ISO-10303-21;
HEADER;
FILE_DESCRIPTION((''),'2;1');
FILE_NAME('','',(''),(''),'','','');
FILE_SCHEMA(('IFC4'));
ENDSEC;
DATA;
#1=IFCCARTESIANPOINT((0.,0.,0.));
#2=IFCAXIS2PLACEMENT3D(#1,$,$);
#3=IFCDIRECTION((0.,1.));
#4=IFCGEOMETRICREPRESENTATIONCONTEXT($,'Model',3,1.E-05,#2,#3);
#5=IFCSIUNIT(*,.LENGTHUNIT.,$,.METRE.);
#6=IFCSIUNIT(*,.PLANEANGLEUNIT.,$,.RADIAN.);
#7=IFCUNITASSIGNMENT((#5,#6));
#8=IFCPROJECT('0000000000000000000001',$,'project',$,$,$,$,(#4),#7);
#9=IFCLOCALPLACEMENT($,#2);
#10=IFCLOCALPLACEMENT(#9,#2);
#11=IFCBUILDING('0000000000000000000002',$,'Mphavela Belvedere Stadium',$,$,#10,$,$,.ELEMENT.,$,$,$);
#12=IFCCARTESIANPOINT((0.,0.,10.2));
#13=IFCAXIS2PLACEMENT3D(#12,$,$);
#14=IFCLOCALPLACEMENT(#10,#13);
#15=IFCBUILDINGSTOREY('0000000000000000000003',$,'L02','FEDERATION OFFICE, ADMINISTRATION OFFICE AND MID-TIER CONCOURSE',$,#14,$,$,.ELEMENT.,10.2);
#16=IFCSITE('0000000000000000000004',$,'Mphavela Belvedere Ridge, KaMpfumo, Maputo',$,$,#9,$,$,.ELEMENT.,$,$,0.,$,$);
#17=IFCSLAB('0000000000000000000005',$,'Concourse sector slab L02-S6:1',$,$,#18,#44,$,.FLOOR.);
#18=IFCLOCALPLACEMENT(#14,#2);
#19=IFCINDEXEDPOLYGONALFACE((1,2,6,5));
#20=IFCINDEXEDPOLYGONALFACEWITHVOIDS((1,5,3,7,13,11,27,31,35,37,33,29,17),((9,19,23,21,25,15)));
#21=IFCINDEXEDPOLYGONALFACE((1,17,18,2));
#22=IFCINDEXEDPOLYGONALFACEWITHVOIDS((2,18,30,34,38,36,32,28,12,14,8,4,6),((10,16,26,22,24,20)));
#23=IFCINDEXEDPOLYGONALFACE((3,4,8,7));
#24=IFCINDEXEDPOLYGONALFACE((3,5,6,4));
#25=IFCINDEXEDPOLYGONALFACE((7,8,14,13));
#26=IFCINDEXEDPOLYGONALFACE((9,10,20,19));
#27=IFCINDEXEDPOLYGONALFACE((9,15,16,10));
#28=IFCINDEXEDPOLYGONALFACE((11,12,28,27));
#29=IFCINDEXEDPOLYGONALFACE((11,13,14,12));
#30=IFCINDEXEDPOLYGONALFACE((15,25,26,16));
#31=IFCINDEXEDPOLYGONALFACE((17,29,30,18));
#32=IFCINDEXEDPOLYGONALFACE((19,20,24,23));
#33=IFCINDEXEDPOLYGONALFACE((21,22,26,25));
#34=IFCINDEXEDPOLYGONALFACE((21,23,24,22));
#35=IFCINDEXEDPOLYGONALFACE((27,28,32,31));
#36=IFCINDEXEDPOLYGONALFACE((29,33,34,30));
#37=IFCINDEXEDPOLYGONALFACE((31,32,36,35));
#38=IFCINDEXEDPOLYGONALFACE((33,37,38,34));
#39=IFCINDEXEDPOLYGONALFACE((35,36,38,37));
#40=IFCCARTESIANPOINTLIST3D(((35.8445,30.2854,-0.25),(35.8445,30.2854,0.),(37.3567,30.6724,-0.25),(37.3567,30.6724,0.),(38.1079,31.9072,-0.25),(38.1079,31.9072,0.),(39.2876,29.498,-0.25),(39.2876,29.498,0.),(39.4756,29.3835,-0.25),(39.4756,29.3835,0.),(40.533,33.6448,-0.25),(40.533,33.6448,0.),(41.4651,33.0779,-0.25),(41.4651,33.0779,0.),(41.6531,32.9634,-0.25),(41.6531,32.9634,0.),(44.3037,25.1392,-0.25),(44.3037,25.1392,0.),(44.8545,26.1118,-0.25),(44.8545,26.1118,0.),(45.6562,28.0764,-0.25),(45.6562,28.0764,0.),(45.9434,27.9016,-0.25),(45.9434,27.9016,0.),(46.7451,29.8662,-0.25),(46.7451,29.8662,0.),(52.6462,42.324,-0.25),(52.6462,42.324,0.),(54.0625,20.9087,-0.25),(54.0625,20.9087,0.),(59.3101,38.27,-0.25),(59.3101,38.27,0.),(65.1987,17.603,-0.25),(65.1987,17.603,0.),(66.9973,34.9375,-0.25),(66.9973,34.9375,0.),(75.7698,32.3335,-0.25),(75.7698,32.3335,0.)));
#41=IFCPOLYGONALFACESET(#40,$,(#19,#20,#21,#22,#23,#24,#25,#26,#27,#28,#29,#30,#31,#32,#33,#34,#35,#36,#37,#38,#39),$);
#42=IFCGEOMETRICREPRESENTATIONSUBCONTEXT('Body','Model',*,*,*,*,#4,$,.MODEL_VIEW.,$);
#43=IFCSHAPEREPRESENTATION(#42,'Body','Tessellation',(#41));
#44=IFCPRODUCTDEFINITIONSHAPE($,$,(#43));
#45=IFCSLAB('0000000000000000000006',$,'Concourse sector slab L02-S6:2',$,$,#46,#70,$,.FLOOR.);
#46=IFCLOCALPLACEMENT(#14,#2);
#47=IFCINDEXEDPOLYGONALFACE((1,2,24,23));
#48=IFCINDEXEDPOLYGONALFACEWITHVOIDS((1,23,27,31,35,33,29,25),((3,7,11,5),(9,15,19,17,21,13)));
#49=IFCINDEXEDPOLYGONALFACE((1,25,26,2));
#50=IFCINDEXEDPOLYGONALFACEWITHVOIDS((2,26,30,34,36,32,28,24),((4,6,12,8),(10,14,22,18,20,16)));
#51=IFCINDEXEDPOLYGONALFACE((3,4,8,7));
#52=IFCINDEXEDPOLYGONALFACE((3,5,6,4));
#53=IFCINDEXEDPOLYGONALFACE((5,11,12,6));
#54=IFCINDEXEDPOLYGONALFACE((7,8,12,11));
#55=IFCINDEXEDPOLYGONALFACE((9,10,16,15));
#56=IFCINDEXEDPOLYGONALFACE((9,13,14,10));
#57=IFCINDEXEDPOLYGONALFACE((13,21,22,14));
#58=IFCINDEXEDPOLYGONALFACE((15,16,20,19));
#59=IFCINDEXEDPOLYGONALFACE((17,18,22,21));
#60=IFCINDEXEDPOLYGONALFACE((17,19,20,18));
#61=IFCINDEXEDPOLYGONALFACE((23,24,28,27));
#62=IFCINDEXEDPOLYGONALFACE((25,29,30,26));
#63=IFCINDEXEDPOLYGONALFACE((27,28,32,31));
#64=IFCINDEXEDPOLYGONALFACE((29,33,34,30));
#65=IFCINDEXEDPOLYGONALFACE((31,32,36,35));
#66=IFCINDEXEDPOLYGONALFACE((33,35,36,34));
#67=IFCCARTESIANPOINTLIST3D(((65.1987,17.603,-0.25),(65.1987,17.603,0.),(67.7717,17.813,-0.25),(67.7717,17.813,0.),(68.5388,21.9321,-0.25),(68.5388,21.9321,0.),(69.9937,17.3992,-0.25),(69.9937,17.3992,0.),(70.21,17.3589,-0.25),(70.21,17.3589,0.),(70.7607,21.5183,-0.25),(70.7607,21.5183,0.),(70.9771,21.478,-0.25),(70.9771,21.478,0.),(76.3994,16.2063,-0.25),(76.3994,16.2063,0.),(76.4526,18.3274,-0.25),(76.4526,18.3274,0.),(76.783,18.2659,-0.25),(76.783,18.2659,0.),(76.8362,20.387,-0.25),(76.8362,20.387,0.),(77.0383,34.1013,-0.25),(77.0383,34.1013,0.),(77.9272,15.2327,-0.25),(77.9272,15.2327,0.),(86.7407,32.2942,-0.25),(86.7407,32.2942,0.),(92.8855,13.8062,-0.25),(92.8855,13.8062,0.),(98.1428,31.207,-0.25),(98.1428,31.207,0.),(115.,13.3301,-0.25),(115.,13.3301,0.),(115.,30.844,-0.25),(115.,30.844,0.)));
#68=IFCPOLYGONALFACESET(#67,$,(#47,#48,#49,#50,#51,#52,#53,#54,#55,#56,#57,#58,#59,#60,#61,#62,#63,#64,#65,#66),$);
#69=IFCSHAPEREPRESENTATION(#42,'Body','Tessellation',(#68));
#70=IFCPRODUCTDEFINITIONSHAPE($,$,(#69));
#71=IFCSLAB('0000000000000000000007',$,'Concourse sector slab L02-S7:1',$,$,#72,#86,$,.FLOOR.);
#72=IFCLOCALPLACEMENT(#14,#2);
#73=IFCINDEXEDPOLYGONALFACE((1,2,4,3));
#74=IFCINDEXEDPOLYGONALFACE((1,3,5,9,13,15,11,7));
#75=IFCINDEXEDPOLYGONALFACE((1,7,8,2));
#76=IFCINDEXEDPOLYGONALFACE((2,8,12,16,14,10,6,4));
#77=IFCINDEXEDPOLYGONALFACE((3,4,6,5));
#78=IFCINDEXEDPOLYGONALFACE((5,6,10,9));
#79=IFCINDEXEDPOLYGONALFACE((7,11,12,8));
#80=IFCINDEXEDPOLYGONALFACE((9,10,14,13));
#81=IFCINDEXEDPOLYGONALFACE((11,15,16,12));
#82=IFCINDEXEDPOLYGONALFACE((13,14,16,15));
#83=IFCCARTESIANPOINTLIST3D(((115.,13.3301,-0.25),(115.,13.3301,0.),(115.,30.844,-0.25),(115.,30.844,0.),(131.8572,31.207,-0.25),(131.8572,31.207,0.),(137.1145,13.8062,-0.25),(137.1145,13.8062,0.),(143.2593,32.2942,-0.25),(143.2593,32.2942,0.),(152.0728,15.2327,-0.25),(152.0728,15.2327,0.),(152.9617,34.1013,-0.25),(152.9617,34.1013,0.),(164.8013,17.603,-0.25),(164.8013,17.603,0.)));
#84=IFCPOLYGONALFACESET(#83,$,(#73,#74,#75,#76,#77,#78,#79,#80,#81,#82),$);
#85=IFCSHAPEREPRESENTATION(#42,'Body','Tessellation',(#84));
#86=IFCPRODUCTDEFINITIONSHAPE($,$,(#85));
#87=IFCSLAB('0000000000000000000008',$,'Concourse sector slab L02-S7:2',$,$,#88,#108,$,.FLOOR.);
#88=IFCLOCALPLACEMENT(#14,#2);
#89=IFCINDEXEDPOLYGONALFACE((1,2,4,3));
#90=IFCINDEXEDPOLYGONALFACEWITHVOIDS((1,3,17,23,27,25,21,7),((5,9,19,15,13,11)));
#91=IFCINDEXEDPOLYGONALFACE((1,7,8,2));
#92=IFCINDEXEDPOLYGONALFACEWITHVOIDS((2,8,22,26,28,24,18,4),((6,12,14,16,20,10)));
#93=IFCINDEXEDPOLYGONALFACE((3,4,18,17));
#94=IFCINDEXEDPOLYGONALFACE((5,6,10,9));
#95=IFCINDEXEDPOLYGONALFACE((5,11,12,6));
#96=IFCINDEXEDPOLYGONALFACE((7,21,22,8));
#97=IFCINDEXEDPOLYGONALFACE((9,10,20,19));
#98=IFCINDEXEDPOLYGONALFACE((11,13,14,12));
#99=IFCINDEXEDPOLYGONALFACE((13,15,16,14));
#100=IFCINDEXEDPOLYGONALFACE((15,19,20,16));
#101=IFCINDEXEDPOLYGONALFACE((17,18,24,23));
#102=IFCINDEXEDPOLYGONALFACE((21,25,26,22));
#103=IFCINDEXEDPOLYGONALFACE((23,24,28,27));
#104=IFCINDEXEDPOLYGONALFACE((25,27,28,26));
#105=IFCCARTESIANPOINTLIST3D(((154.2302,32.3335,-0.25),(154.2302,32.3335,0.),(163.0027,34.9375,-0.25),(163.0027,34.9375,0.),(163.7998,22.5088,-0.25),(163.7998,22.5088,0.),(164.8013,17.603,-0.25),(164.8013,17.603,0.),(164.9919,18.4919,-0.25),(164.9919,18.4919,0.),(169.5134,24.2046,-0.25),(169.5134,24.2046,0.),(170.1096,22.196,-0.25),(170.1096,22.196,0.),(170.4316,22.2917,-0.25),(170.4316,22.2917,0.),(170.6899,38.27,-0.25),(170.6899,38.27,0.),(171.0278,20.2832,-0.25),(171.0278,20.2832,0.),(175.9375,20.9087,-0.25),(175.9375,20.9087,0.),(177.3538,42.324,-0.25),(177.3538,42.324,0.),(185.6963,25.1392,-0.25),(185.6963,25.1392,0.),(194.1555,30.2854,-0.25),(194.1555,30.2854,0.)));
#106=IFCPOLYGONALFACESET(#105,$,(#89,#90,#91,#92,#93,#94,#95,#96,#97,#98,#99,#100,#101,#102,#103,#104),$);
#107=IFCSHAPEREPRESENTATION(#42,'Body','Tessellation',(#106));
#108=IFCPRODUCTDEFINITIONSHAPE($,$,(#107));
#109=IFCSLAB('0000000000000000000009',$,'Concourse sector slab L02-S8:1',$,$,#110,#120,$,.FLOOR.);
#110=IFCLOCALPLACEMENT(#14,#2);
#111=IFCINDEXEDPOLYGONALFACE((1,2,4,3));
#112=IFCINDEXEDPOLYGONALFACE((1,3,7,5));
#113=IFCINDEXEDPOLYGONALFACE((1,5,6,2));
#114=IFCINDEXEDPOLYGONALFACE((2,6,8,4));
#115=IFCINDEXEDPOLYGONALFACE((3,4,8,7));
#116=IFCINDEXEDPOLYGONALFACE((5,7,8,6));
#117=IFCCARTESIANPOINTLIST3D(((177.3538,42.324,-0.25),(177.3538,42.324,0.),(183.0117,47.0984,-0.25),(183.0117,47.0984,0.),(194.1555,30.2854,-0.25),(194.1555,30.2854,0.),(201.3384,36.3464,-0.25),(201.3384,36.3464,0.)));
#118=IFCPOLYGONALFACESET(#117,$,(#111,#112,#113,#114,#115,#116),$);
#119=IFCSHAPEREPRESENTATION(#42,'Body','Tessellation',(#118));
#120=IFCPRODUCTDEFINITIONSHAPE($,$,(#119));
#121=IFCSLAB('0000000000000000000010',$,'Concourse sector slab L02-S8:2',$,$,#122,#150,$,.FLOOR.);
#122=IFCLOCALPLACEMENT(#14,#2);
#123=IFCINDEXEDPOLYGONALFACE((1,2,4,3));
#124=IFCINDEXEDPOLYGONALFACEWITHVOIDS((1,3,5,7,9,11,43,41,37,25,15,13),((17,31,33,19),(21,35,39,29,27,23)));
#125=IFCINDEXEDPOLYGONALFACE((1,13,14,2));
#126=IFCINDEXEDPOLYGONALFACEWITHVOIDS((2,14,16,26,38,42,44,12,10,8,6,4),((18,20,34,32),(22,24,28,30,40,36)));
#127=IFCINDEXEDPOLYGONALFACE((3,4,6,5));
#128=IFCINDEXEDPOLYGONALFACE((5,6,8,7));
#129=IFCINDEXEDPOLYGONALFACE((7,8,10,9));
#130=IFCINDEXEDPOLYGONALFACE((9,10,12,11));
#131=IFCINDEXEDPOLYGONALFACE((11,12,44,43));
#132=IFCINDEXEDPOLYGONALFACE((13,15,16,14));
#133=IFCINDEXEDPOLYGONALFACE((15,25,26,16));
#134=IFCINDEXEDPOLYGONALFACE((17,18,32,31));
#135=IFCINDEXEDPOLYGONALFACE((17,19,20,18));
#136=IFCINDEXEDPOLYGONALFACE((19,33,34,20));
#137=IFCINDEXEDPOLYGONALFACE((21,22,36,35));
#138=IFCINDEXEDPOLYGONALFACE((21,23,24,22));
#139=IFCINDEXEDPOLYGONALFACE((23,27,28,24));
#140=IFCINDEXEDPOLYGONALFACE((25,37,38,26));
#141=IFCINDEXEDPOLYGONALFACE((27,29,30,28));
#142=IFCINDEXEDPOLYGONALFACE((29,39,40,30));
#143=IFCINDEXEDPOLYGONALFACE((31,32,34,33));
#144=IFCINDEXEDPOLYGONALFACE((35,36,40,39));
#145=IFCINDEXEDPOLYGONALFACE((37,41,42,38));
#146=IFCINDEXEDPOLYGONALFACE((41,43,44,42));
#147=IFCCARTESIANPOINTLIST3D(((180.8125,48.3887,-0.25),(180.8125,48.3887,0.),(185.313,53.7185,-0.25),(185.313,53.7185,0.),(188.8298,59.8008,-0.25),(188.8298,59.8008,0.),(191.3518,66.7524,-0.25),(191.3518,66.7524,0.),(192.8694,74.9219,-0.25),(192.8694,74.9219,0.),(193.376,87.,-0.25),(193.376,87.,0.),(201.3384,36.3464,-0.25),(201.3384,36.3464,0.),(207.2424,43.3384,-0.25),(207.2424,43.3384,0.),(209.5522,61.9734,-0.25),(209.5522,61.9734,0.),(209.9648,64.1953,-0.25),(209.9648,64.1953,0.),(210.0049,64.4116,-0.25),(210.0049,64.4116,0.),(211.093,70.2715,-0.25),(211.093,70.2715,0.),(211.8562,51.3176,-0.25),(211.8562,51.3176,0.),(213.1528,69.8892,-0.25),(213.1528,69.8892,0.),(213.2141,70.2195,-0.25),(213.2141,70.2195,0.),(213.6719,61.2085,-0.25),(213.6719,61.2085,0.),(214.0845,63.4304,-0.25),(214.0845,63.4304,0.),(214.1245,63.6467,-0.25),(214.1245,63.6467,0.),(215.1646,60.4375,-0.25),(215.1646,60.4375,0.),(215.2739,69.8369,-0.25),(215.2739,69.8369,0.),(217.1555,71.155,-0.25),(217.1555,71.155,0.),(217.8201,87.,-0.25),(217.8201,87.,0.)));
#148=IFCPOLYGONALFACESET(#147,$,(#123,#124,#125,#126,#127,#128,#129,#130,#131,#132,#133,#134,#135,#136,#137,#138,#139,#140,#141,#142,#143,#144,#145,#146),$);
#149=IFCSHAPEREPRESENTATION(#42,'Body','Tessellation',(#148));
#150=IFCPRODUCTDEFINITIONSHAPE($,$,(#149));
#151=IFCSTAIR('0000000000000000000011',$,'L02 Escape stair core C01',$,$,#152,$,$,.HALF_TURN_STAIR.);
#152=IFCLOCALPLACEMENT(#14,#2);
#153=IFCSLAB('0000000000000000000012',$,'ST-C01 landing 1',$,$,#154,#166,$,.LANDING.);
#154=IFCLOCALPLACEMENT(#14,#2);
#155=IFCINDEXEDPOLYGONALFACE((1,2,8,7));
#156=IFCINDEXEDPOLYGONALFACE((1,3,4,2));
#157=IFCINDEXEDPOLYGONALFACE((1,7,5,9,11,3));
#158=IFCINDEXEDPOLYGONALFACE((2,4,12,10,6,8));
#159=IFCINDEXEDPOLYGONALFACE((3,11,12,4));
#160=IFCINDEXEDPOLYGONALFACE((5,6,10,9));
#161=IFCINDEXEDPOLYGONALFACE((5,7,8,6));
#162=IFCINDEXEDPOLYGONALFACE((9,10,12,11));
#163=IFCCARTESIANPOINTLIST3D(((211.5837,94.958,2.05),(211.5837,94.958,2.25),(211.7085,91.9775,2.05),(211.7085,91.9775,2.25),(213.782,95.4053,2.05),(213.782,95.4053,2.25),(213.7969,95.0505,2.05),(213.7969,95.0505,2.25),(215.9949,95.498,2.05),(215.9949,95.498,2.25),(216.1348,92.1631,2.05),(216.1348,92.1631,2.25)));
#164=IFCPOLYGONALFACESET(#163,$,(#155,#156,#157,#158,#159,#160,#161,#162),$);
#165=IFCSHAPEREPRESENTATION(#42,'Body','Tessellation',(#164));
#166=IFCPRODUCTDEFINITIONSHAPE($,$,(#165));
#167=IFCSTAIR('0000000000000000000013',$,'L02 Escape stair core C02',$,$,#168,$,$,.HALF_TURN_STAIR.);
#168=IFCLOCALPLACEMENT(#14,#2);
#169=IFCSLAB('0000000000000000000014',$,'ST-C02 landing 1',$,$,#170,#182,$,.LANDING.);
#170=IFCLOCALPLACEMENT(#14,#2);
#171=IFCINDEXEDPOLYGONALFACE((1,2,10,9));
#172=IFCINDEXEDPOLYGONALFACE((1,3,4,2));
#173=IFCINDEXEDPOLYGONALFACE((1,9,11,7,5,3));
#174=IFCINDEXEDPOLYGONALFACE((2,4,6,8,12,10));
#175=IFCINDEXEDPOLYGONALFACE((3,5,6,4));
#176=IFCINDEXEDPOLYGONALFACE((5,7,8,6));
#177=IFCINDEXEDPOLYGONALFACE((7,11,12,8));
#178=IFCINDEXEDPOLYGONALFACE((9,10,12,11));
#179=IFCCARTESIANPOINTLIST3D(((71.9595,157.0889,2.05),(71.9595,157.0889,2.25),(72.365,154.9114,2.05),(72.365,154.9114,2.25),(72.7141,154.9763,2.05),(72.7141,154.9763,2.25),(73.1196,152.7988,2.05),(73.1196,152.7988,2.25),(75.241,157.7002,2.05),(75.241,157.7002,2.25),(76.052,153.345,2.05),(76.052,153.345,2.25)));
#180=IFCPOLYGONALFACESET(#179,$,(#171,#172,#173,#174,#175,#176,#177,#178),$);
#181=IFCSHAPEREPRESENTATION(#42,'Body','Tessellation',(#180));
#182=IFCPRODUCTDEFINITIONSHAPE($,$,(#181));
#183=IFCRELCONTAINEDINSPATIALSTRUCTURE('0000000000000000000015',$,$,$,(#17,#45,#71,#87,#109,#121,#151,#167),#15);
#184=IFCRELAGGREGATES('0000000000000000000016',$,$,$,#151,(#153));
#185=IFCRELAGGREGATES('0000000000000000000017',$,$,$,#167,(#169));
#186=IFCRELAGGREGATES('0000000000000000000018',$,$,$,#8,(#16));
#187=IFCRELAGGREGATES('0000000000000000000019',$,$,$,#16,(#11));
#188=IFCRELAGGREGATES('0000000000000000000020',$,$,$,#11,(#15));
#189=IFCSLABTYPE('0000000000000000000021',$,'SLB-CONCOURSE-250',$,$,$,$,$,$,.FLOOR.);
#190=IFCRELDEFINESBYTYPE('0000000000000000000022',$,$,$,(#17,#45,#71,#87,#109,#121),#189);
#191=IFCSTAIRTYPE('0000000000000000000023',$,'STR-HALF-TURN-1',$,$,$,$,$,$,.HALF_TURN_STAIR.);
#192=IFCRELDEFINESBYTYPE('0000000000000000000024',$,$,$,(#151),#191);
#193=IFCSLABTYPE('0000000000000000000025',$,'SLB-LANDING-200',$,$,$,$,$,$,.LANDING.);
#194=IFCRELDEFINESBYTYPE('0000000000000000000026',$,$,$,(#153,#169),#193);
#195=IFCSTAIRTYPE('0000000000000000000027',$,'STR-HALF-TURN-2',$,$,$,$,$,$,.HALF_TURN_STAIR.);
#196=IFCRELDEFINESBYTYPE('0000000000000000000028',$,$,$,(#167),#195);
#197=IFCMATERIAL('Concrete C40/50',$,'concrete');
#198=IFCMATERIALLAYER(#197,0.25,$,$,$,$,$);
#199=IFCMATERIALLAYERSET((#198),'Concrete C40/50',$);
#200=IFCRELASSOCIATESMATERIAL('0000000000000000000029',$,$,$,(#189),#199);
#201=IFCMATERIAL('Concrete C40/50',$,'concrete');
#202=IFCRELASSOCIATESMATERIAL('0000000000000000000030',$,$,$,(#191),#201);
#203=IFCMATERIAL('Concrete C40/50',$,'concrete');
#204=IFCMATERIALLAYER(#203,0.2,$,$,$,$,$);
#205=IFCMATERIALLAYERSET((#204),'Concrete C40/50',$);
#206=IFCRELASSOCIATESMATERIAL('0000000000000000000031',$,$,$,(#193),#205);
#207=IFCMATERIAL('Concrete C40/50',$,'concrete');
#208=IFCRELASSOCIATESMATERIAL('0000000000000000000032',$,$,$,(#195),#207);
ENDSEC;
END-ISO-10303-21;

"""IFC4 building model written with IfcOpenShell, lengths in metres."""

from ifc_helpers import new_model, si_unit, direction, frame, origin, place, context, subcontext, project, spatial, polyline, outline, extrude, material, layer, layer_set, type_object, element, aggregate, save


model = new_model("IFC4")

# Units and contexts
model_context = context("Model", 3, precision=1e-05, world=origin(), true_north=direction((0.0, 1.0)))
body_context = subcontext(model_context, "Body", "Model", "MODEL_VIEW")
ifc_project = project(units=[si_unit("LENGTHUNIT", "METRE"), si_unit("PLANEANGLEUNIT", "RADIAN")], contexts=[model_context])

# Site, building, storey
site_placement = place(None, origin())
site = spatial("IfcSite", under=ifc_project, at=site_placement, Name="Mphavela Belvedere Ridge, KaMpfumo, Maputo", CompositionType="ELEMENT", RefElevation=0.0)
building_placement = place(site_placement, origin())
building = spatial("IfcBuilding", under=site, at=building_placement, Name="Mphavela Belvedere Stadium", CompositionType="ELEMENT")
storey_placement = place(building_placement, frame((0.0, 0.0, 10.2)))
storey = spatial("IfcBuildingStorey", under=building, at=storey_placement, Name="L02", Description="FEDERATION OFFICE, ADMINISTRATION OFFICE AND MID-TIER CONCOURSE", CompositionType="ELEMENT", Elevation=10.2)

# Slabs
ifc_material_1 = material(Name="Concrete C40/50", Category="concrete")
ifc_layer_1 = layer(ifc_material_1, 0.25)
ifc_layer_set_1 = layer_set([ifc_layer_1], Name="Concrete C40/50")
slab_type_1 = type_object("IfcSlabType", Name="SLB-CONCOURSE-250", PredefinedType="FLOOR", material=ifc_layer_set_1)
slab_1_placement = place(storey_placement, frame((0.0, 0.0, -0.25)))
element("IfcSlab", 1, at=slab_1_placement, inside=storey, type_object=slab_type_1, Name="Concourse sector slab L02-S6:1", PredefinedType="FLOOR", context=body_context, shape_type="SweptSolid", body=[
    extrude(outline(polyline([(37.3567, 30.6724), (39.2876, 29.498), (41.4651, 33.0779), (40.533, 33.6448), (52.6462, 42.324), (59.3101, 38.27), (66.9973, 34.9375), (75.7698, 32.3335), (65.1987, 17.603), (54.0625, 20.9087), (44.3037, 25.1392), (35.8445, 30.2854), (38.1079, 31.9072), (37.3567, 30.6724)]), holes=[polyline([(45.9434, 27.9016), (45.6562, 28.0764), (46.7451, 29.8662), (41.6531, 32.9634), (39.4756, 29.3835), (44.8545, 26.1118), (45.9434, 27.9016)])]), origin(), (0.0, 0.0, 1.0), 0.25),
])
slab_2_placement = place(storey_placement, frame((0.0, 0.0, -0.25)))
element("IfcSlab", 2, at=slab_2_placement, inside=storey, type_object=slab_type_1, Name="Concourse sector slab L02-S6:2", PredefinedType="FLOOR", context=body_context, shape_type="SweptSolid", body=[
    extrude(outline(polyline([(115.0, 13.3301), (92.8855, 13.8062), (77.9272, 15.2327), (65.1987, 17.603), (77.0383, 34.1013), (86.7407, 32.2942), (98.1428, 31.207), (115.0, 30.844), (115.0, 13.3301)]), holes=[polyline([(70.21, 17.3589), (76.3994, 16.2063), (76.783, 18.2659), (76.4526, 18.3274), (76.8362, 20.387), (70.9771, 21.478), (70.21, 17.3589)]), polyline([(67.7717, 17.813), (69.9937, 17.3992), (70.7607, 21.5183), (68.5388, 21.9321), (67.7717, 17.813)])]), origin(), (0.0, 0.0, 1.0), 0.25),
])
slab_3_placement = place(storey_placement, frame((0.0, 0.0, -0.25)))
element("IfcSlab", 3, at=slab_3_placement, inside=storey, type_object=slab_type_1, Name="Concourse sector slab L02-S7:1", PredefinedType="FLOOR", context=body_context, shape_type="SweptSolid", body=[
    extrude(outline(polyline([(137.1145, 13.8062), (115.0, 13.3301), (115.0, 30.844), (131.8572, 31.207), (143.2593, 32.2942), (152.9617, 34.1013), (164.8013, 17.603), (152.0728, 15.2327), (137.1145, 13.8062)])), origin(), (0.0, 0.0, 1.0), 0.25),
])
slab_4_placement = place(storey_placement, frame((0.0, 0.0, -0.25)))
element("IfcSlab", 4, at=slab_4_placement, inside=storey, type_object=slab_type_1, Name="Concourse sector slab L02-S7:2", PredefinedType="FLOOR", context=body_context, shape_type="SweptSolid", body=[
    extrude(outline(polyline([(163.0027, 34.9375), (170.6899, 38.27), (177.3538, 42.324), (194.1555, 30.2854), (185.6963, 25.1392), (175.9375, 20.9087), (164.8013, 17.603), (154.2302, 32.3335), (163.0027, 34.9375)]), holes=[polyline([(163.7998, 22.5088), (164.9919, 18.4919), (171.0278, 20.2832), (170.4316, 22.2917), (170.1096, 22.196), (169.5134, 24.2046), (163.7998, 22.5088)])]), origin(), (0.0, 0.0, 1.0), 0.25),
])
slab_5_placement = place(storey_placement, frame((0.0, 0.0, -0.25)))
element("IfcSlab", 5, at=slab_5_placement, inside=storey, type_object=slab_type_1, Name="Concourse sector slab L02-S8:1", PredefinedType="FLOOR", context=body_context, shape_type="SweptSolid", body=[
    extrude(outline(polyline([(194.1555, 30.2854), (177.3538, 42.324), (183.0117, 47.0984), (201.3384, 36.3464), (194.1555, 30.2854)])), origin(), (0.0, 0.0, 1.0), 0.25),
])
slab_6_placement = place(storey_placement, frame((0.0, 0.0, -0.25)))
element("IfcSlab", 6, at=slab_6_placement, inside=storey, type_object=slab_type_1, Name="Concourse sector slab L02-S8:2", PredefinedType="FLOOR", context=body_context, shape_type="SweptSolid", body=[
    extrude(outline(polyline([(192.8694, 74.9219), (193.376, 87.0), (217.8201, 87.0), (217.1555, 71.155), (215.1646, 60.4375), (211.8562, 51.3176), (207.2424, 43.3384), (201.3384, 36.3464), (180.8125, 48.3887), (185.313, 53.7185), (188.8298, 59.8008), (191.3518, 66.7524), (192.8694, 74.9219)]), holes=[polyline([(214.1245, 63.6467), (215.2739, 69.8369), (213.2141, 70.2195), (213.1528, 69.8892), (211.093, 70.2715), (210.0049, 64.4116), (214.1245, 63.6467)]), polyline([(213.6719, 61.2085), (214.0845, 63.4304), (209.9648, 64.1953), (209.5522, 61.9734), (213.6719, 61.2085)])]), origin(), (0.0, 0.0, 1.0), 0.25),
])

# Stairs, slabs
ifc_material_2 = material(Name="Concrete C40/50", Category="concrete")
stair_type_1 = type_object("IfcStairType", Name="STR-HALF-TURN-1", PredefinedType="HALF_TURN_STAIR", material=ifc_material_2)
stair_1_placement = place(storey_placement, origin())
stair_1 = element("IfcStair", 7, at=stair_1_placement, inside=storey, type_object=stair_type_1, Name="L02 Escape stair core C01", PredefinedType="HALF_TURN_STAIR")
ifc_material_3 = material(Name="Concrete C40/50", Category="concrete")
ifc_layer_2 = layer(ifc_material_3, 0.2)
ifc_layer_set_2 = layer_set([ifc_layer_2], Name="Concrete C40/50")
slab_type_2 = type_object("IfcSlabType", Name="SLB-LANDING-200", PredefinedType="LANDING", material=ifc_layer_set_2)
slab_7_placement = place(storey_placement, frame((0.0, 0.0, 2.05)))
slab_7 = element("IfcSlab", 8, at=slab_7_placement, type_object=slab_type_2, Name="ST-C01 landing 1", PredefinedType="LANDING", context=body_context, shape_type="SweptSolid", body=[
    extrude(outline(polyline([(211.5837, 94.958), (211.7085, 91.9775), (216.1348, 92.1631), (215.9949, 95.498), (213.782, 95.4053), (213.7969, 95.0505), (211.5837, 94.958)])), origin(), (0.0, 0.0, 1.0), 0.2),
])
aggregate(stair_1, [slab_7])
ifc_material_4 = material(Name="Concrete C40/50", Category="concrete")
stair_type_2 = type_object("IfcStairType", Name="STR-HALF-TURN-2", PredefinedType="HALF_TURN_STAIR", material=ifc_material_4)
stair_2_placement = place(storey_placement, origin())
stair_2 = element("IfcStair", 9, at=stair_2_placement, inside=storey, type_object=stair_type_2, Name="L02 Escape stair core C02", PredefinedType="HALF_TURN_STAIR")
slab_8_placement = place(storey_placement, frame((0.0, 0.0, 2.05)))
slab_8 = element("IfcSlab", 10, at=slab_8_placement, type_object=slab_type_2, Name="ST-C02 landing 1", PredefinedType="LANDING", context=body_context, shape_type="SweptSolid", body=[
    extrude(outline(polyline([(73.1196, 152.7988), (76.052, 153.345), (75.241, 157.7002), (71.9595, 157.0889), (72.365, 154.9114), (72.7141, 154.9763), (73.1196, 152.7988)])), origin(), (0.0, 0.0, 1.0), 0.2),
])
aggregate(stair_2, [slab_8])

save(model, "model.ifc")
